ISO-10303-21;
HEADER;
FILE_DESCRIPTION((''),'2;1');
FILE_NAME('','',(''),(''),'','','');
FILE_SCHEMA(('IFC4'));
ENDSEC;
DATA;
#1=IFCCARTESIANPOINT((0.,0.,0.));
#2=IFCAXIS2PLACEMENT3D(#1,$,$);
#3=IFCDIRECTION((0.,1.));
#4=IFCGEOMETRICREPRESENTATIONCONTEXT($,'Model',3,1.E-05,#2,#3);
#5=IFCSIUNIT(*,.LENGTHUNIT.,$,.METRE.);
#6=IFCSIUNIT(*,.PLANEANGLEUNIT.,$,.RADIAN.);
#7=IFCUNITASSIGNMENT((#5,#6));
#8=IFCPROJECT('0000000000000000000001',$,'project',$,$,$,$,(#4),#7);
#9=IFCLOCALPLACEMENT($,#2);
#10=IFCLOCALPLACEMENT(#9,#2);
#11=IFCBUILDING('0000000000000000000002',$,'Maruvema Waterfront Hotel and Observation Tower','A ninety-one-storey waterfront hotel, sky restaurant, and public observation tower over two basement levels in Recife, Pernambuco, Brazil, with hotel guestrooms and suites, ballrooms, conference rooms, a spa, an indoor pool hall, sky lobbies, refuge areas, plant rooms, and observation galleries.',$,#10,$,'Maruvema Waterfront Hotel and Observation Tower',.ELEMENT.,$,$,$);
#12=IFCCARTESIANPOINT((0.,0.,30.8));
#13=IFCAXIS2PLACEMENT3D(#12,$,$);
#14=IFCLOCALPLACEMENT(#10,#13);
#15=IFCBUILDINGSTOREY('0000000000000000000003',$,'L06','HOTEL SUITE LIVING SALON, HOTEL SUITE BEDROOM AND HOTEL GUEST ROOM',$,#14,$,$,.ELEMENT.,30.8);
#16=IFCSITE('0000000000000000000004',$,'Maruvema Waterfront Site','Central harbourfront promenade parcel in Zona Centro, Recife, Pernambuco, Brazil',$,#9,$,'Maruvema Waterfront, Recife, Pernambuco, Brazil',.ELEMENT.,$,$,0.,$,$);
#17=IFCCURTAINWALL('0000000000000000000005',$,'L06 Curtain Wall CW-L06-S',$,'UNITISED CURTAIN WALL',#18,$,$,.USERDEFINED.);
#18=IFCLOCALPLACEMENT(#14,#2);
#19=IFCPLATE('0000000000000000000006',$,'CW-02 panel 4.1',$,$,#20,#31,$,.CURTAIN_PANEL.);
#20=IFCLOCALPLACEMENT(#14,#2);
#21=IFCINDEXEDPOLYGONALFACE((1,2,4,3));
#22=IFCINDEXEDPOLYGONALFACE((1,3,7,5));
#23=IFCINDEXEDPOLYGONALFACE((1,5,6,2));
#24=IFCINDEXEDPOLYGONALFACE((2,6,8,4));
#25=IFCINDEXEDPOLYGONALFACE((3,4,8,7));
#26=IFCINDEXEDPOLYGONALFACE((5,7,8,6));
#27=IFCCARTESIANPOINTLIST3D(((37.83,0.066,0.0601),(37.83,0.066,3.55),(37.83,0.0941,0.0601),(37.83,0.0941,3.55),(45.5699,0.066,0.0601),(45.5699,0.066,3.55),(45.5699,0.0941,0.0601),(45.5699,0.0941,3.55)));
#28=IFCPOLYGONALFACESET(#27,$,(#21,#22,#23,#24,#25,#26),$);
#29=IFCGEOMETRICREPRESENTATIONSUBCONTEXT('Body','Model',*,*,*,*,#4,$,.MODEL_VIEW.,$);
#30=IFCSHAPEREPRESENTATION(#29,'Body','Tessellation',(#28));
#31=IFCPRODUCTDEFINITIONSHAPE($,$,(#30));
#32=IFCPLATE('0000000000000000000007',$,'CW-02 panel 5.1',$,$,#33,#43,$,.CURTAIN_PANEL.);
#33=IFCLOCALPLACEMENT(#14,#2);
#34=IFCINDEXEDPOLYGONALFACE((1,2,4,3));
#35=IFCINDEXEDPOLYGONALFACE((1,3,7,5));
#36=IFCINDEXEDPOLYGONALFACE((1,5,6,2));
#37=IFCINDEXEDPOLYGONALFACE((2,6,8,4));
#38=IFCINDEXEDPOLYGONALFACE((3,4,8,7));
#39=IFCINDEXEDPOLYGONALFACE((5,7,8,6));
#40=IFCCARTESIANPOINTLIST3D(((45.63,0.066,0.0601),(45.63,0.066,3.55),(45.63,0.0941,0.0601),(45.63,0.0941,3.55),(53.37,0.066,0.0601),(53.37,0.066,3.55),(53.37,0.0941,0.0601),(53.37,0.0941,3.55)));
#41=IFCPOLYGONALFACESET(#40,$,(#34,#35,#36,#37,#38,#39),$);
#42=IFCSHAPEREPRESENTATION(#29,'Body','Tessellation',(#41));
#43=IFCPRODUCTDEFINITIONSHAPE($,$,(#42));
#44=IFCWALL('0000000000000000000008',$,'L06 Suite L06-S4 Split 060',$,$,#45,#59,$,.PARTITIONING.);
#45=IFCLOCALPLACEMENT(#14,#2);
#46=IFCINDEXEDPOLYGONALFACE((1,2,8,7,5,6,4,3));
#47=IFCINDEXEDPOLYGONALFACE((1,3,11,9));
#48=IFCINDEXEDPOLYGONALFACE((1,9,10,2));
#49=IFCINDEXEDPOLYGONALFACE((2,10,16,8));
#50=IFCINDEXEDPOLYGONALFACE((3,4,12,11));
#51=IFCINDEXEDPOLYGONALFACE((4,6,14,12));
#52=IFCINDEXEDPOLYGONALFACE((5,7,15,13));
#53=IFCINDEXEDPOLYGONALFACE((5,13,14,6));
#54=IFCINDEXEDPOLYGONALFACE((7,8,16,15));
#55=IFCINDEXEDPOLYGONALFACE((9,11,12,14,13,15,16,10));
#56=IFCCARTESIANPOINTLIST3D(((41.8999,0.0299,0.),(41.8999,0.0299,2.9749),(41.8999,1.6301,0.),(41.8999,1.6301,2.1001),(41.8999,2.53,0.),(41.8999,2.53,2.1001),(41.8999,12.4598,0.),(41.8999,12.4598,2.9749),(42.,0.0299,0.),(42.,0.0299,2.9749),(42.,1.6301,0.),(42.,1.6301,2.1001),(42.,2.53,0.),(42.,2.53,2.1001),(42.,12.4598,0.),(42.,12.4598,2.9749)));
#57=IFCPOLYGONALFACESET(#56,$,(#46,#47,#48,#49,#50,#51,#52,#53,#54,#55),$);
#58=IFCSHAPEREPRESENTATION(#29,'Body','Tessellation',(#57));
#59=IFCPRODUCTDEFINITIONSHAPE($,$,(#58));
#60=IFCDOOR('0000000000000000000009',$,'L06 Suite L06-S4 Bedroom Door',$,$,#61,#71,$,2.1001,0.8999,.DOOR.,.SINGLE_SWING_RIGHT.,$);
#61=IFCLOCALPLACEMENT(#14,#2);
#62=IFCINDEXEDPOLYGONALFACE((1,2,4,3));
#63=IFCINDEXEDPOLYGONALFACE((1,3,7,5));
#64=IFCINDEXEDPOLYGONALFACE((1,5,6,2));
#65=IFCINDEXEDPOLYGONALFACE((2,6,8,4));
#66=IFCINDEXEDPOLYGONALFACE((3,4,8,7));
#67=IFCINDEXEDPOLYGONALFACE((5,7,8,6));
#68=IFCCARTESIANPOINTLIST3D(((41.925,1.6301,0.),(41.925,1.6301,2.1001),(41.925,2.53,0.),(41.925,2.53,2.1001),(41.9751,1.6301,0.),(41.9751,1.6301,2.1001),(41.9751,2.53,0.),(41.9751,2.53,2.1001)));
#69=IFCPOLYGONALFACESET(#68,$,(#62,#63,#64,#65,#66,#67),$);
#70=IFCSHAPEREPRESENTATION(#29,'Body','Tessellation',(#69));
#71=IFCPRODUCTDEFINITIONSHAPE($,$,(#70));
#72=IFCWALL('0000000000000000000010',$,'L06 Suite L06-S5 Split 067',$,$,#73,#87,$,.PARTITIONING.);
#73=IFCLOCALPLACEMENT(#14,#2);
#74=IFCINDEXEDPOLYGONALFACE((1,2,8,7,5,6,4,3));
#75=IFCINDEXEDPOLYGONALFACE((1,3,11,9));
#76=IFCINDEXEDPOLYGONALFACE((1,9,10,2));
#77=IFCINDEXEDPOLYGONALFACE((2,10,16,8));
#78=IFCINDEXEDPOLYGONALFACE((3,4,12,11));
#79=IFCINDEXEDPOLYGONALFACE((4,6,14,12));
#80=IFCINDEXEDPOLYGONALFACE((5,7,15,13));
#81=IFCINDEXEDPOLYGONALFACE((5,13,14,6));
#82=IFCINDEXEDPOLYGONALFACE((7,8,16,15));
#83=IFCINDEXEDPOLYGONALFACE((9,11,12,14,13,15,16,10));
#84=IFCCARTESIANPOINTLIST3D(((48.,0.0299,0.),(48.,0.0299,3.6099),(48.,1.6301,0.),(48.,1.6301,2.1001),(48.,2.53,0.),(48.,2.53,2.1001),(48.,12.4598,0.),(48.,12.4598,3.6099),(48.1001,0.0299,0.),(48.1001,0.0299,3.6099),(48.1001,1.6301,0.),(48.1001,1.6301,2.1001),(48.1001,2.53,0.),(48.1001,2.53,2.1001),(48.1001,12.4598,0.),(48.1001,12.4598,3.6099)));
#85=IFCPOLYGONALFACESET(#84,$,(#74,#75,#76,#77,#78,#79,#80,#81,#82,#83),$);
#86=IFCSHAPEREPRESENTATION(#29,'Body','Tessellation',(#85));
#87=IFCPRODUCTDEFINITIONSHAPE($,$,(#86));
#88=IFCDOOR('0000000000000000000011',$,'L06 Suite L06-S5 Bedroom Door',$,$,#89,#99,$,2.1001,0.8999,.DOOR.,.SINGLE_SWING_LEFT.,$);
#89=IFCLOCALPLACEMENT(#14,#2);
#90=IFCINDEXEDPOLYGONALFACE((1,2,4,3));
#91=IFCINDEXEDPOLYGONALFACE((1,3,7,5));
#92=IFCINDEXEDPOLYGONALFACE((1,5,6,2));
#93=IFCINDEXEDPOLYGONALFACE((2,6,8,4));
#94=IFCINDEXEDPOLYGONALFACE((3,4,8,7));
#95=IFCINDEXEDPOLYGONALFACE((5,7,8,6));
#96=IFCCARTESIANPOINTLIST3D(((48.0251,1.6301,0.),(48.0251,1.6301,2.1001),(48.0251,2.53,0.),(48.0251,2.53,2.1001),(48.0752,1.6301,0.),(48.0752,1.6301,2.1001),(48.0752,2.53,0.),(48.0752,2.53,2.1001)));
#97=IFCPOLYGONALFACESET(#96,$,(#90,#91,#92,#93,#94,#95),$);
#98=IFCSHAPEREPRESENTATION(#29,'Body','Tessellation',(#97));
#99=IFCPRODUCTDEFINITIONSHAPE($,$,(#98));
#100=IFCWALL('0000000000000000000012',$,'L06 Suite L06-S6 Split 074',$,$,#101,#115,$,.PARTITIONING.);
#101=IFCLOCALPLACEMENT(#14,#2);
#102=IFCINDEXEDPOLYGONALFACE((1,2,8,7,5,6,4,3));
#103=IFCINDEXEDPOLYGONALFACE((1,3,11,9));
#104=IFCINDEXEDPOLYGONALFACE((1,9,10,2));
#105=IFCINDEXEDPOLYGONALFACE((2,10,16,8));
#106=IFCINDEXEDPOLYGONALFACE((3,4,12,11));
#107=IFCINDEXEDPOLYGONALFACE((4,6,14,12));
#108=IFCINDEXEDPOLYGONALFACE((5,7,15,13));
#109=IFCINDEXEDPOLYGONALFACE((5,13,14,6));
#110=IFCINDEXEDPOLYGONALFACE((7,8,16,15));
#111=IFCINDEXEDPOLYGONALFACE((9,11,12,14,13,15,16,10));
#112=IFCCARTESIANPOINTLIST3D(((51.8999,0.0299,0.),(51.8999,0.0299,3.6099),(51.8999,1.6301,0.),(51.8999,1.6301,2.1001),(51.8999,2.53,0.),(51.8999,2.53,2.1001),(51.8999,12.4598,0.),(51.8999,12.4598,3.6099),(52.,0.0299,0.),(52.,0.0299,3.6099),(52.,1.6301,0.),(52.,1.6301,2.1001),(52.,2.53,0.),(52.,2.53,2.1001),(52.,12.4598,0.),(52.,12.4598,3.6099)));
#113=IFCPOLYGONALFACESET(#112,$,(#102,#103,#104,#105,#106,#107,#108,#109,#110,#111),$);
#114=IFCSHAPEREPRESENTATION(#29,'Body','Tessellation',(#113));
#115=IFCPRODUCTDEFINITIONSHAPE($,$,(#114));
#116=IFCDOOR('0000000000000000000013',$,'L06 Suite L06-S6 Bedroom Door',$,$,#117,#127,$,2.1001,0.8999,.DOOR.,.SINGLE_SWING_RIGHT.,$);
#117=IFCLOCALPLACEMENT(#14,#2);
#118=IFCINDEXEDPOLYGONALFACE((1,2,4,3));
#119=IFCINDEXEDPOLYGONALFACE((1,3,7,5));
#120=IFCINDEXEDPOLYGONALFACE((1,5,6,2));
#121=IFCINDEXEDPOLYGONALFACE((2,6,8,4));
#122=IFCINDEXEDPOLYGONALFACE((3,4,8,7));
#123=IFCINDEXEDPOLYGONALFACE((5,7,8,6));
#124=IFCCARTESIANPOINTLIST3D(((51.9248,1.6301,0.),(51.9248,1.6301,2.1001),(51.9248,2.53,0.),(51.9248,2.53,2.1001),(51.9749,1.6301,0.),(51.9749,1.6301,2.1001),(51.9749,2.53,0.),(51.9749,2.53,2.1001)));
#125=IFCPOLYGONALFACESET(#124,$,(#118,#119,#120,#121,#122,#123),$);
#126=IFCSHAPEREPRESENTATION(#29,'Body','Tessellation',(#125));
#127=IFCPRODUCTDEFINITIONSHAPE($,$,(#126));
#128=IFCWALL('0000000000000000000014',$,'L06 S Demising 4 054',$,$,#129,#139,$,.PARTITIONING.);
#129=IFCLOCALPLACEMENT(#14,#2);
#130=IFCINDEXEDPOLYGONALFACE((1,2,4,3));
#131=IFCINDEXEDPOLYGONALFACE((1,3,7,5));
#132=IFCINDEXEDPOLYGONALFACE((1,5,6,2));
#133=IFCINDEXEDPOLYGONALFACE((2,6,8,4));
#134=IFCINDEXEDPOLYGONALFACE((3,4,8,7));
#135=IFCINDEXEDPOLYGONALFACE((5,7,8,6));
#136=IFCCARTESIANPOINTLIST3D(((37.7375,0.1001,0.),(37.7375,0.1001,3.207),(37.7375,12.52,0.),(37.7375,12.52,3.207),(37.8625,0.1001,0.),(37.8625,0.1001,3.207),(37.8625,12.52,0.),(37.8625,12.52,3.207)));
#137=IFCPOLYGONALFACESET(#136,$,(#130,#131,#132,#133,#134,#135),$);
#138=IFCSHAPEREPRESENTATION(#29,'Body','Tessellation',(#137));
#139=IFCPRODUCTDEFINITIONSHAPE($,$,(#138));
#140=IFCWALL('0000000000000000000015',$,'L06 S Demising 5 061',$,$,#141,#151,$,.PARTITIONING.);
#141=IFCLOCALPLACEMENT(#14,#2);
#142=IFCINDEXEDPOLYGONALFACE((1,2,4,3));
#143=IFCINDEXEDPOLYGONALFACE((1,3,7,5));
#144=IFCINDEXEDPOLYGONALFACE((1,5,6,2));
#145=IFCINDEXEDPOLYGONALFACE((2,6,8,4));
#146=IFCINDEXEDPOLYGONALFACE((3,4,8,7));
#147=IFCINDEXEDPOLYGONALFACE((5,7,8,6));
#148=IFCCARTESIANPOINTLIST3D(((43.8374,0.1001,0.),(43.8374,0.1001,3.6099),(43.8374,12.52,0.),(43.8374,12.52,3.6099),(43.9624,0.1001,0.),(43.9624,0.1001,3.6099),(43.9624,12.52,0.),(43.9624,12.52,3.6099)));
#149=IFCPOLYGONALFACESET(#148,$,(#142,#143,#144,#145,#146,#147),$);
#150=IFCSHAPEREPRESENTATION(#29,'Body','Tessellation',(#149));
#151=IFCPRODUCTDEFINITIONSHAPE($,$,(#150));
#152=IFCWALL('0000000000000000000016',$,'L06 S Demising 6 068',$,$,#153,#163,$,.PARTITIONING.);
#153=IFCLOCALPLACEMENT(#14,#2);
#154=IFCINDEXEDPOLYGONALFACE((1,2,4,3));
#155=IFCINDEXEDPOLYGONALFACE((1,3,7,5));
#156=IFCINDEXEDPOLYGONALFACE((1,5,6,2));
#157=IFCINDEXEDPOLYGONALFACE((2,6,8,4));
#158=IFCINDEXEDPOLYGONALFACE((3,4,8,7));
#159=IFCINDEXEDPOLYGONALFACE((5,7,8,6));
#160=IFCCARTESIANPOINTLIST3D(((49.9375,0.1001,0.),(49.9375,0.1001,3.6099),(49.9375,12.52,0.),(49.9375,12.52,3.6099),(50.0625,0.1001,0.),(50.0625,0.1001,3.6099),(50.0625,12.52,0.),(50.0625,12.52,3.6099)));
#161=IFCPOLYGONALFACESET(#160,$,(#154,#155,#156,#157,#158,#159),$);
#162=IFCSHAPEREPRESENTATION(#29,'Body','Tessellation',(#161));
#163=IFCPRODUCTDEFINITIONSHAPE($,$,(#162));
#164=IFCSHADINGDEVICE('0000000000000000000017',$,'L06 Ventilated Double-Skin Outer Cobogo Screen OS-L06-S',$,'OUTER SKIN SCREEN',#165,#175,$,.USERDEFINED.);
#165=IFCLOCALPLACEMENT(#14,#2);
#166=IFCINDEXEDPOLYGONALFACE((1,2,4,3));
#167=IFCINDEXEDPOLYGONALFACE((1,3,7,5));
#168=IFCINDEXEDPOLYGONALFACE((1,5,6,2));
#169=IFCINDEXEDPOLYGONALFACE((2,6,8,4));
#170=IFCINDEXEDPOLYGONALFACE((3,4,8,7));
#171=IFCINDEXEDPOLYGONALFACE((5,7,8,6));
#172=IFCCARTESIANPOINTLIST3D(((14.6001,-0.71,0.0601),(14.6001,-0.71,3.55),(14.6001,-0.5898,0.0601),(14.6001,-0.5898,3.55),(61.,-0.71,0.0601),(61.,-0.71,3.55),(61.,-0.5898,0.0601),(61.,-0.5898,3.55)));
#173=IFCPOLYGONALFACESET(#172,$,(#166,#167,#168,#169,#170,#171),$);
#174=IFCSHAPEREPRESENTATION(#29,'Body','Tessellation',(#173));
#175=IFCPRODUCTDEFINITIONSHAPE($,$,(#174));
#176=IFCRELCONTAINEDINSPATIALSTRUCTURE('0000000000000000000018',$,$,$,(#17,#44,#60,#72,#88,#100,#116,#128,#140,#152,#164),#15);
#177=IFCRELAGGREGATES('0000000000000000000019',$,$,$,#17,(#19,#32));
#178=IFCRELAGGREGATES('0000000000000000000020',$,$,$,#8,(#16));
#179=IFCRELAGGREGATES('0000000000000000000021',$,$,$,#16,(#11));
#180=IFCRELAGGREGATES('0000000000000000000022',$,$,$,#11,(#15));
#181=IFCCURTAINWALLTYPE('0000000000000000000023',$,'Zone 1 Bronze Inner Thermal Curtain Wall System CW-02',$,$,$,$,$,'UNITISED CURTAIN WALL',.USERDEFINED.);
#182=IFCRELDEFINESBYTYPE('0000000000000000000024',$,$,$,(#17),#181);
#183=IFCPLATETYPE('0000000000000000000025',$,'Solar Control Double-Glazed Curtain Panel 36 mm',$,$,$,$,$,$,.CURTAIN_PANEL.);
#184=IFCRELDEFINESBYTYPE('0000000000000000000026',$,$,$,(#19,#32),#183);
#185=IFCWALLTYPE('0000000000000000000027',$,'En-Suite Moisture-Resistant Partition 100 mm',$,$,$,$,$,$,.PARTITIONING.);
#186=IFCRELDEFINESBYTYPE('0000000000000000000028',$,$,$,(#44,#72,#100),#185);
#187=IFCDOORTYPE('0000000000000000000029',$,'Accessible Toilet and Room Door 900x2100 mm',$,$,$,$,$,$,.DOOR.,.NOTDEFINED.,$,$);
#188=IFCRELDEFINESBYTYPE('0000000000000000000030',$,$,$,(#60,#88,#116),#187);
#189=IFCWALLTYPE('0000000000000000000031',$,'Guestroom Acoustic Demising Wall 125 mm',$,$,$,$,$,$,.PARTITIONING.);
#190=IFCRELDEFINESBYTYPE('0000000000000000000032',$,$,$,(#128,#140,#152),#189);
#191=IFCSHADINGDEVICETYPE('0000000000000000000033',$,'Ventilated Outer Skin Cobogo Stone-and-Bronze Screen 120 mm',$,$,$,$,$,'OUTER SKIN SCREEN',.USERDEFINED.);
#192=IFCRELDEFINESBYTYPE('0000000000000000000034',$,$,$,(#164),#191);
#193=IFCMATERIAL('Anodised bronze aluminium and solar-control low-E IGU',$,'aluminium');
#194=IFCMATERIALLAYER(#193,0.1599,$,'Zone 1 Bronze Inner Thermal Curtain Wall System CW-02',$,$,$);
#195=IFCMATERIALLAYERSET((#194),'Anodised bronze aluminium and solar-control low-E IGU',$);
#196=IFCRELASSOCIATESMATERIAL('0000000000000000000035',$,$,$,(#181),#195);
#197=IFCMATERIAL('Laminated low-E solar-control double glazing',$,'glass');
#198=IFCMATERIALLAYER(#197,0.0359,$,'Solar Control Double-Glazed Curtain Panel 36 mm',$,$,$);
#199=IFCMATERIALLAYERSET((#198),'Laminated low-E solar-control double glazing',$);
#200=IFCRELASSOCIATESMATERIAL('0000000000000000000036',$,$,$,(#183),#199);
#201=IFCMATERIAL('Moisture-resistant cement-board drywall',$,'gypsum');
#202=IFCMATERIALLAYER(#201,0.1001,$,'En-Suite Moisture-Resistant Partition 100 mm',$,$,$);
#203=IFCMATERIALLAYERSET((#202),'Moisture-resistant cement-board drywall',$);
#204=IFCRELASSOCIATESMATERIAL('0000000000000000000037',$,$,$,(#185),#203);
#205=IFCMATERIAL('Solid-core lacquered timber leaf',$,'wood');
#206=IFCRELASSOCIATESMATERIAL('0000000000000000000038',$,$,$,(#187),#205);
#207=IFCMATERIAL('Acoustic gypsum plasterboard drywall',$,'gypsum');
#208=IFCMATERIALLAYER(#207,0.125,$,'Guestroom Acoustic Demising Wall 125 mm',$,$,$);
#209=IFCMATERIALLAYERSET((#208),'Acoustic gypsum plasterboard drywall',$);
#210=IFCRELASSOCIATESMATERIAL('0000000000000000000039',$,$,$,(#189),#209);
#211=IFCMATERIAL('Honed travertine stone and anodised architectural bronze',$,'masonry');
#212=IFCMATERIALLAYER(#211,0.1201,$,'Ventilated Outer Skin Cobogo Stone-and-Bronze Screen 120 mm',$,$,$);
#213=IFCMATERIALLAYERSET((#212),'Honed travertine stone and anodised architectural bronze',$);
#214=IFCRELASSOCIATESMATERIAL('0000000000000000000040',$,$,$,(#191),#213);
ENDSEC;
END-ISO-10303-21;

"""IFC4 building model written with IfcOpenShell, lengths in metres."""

from ifc_helpers import new_model, si_unit, direction, frame, frame_2d, origin, origin_2d, place, context, subcontext, project, spatial, rectangle, extrude, material, layer, layer_set, type_object, element, fill, aggregate, save


model = new_model("IFC4")

# Units and contexts
model_context = context("Model", 3, precision=1e-05, world=origin(), true_north=direction((0.0, 1.0)))
body_context = subcontext(model_context, "Body", "Model", "MODEL_VIEW")
ifc_project = project(units=[si_unit("LENGTHUNIT", "METRE"), si_unit("PLANEANGLEUNIT", "RADIAN")], contexts=[model_context])

# Site, building, storey
site_placement = place(None, origin())
site = spatial("IfcSite", under=ifc_project, at=site_placement, Name="Maruvema Waterfront Site", Description="Central harbourfront promenade parcel in Zona Centro, Recife, Pernambuco, Brazil", LongName="Maruvema Waterfront, Recife, Pernambuco, Brazil", CompositionType="ELEMENT", RefElevation=0.0)
building_placement = place(site_placement, origin())
building = spatial("IfcBuilding", under=site, at=building_placement, Name="Maruvema Waterfront Hotel and Observation Tower", Description="A ninety-one-storey waterfront hotel, sky restaurant, and public observation tower over two basement levels in Recife, Pernambuco, Brazil, with hotel guestrooms and suites, ballrooms, conference rooms, a spa, an indoor pool hall, sky lobbies, refuge areas, plant rooms, and observation galleries.", LongName="Maruvema Waterfront Hotel and Observation Tower", CompositionType="ELEMENT")
storey_placement = place(building_placement, frame((0.0, 0.0, 30.8)))
storey = spatial("IfcBuildingStorey", under=building, at=storey_placement, Name="L06", Description="HOTEL SUITE LIVING SALON, HOTEL SUITE BEDROOM AND HOTEL GUEST ROOM", CompositionType="ELEMENT", Elevation=30.8)

# Curtain wall
ifc_material_1 = material(Name="Anodised bronze aluminium and solar-control low-E IGU", Category="aluminium")
ifc_layer_1 = layer(ifc_material_1, 0.1599, Name="Zone 1 Bronze Inner Thermal Curtain Wall System CW-02")
ifc_layer_set_1 = layer_set([ifc_layer_1], Name="Anodised bronze aluminium and solar-control low-E IGU")
curtain_wall_type = type_object("IfcCurtainWallType", Name="Zone 1 Bronze Inner Thermal Curtain Wall System CW-02", ElementType="UNITISED CURTAIN WALL", PredefinedType="USERDEFINED", material=ifc_layer_set_1)
curtain_wall_placement = place(storey_placement, origin())
curtain_wall = element("IfcCurtainWall", 1, at=curtain_wall_placement, inside=storey, type_object=curtain_wall_type, Name="L06 Curtain Wall CW-L06-S", ObjectType="UNITISED CURTAIN WALL", PredefinedType="USERDEFINED")

# Plates
ifc_material_2 = material(Name="Laminated low-E solar-control double glazing", Category="glass")
ifc_layer_2 = layer(ifc_material_2, 0.0359, Name="Solar Control Double-Glazed Curtain Panel 36 mm")
ifc_layer_set_2 = layer_set([ifc_layer_2], Name="Laminated low-E solar-control double glazing")
plate_type = type_object("IfcPlateType", Name="Solar Control Double-Glazed Curtain Panel 36 mm", PredefinedType="CURTAIN_PANEL", material=ifc_layer_set_2)
plate_1_placement = place(storey_placement, frame((41.7, 0.0801, 0.0601), z_axis=(0.0, 0.0, 1.0), x_axis=(1.0, 0.0, 0.0)))
plate_1 = element("IfcPlate", 2, at=plate_1_placement, type_object=plate_type, Name="CW-02 panel 4.1", PredefinedType="CURTAIN_PANEL", context=body_context, shape_type="SweptSolid", body=[
    extrude(rectangle(XDim=7.74, YDim=0.0281, at=origin_2d()), origin(), (0.0, 0.0, 1.0), 3.49),
])
plate_2_placement = place(storey_placement, frame((49.5, 0.0801, 0.0601), z_axis=(0.0, 0.0, 1.0), x_axis=(1.0, 0.0, 0.0)))
plate_2 = element("IfcPlate", 3, at=plate_2_placement, type_object=plate_type, Name="CW-02 panel 5.1", PredefinedType="CURTAIN_PANEL", context=body_context, shape_type="SweptSolid", body=[
    extrude(rectangle(XDim=7.74, YDim=0.0281, at=origin_2d()), origin(), (0.0, 0.0, 1.0), 3.49),
])
aggregate(curtain_wall, [plate_1, plate_2])

# Walls, openings, doors
ifc_material_3 = material(Name="Moisture-resistant cement-board drywall", Category="gypsum")
ifc_layer_3 = layer(ifc_material_3, 0.1001, Name="En-Suite Moisture-Resistant Partition 100 mm")
ifc_layer_set_3 = layer_set([ifc_layer_3], Name="Moisture-resistant cement-board drywall")
wall_type_1 = type_object("IfcWallType", Name="En-Suite Moisture-Resistant Partition 100 mm", PredefinedType="PARTITIONING", material=ifc_layer_set_3)
wall_1_placement = place(storey_placement, frame((41.95, 0.03, 0.0), z_axis=(0.0, 0.0, 1.0), x_axis=(0.0, 1.0, 0.0)))
wall_1 = element("IfcWall", 4, at=wall_1_placement, inside=storey, type_object=wall_type_1, Name="L06 Suite L06-S4 Split 060", PredefinedType="PARTITIONING", context=body_context, shape_type="SweptSolid", body=[
    extrude(rectangle(XDim=12.4299, YDim=0.1001, at=frame_2d((6.2148, 0.0))), origin(), (0.0, 0.0, 1.0), 2.9749),
])
opening_1_placement = place(wall_1_placement, frame((1.6001, 0.0, 0.0)))
opening_1 = element("IfcOpeningElement", 5, at=opening_1_placement, cuts=wall_1, PredefinedType="OPENING", context=body_context, shape_type="SweptSolid", body=[
    extrude(rectangle(XDim=0.8999, YDim=2.1001, at=frame_2d((0.45, 1.05))), frame((0.0, 0.0601, 0.0), z_axis=(0.0, -1.0, 0.0), x_axis=(1.0, 0.0, 0.0)), (0.0, 0.0, 1.0), 0.1201),
])
ifc_material_4 = material(Name="Solid-core lacquered timber leaf", Category="wood")
door_type = type_object("IfcDoorType", Name="Accessible Toilet and Room Door 900x2100 mm", OperationType="NOTDEFINED", PredefinedType="DOOR", material=ifc_material_4)
door_1_placement = place(opening_1_placement, origin())
door_1 = element("IfcDoor", 6, at=door_1_placement, inside=storey, type_object=door_type, Name="L06 Suite L06-S4 Bedroom Door", OperationType="SINGLE_SWING_RIGHT", OverallHeight=2.1001, OverallWidth=0.8999, PredefinedType="DOOR", context=body_context, shape_type="SweptSolid", body=[
    extrude(rectangle(XDim=0.8999, YDim=2.1001, at=frame_2d((0.45, 1.05))), frame((0.0, 0.0249, 0.0), z_axis=(0.0, -1.0, 0.0), x_axis=(1.0, 0.0, 0.0)), (0.0, 0.0, 1.0), 0.05),
])
fill(opening_1, door_1)
wall_2_placement = place(storey_placement, frame((48.05, 0.03, 0.0), z_axis=(0.0, 0.0, 1.0), x_axis=(0.0, 1.0, 0.0)))
wall_2 = element("IfcWall", 7, at=wall_2_placement, inside=storey, type_object=wall_type_1, Name="L06 Suite L06-S5 Split 067", PredefinedType="PARTITIONING", context=body_context, shape_type="SweptSolid", body=[
    extrude(rectangle(XDim=12.4299, YDim=0.1001, at=frame_2d((6.2148, 0.0))), origin(), (0.0, 0.0, 1.0), 3.6099),
])
opening_2_placement = place(wall_2_placement, frame((1.6001, 0.0, 0.0)))
opening_2 = element("IfcOpeningElement", 8, at=opening_2_placement, cuts=wall_2, PredefinedType="OPENING", context=body_context, shape_type="SweptSolid", body=[
    extrude(rectangle(XDim=0.8999, YDim=2.1001, at=frame_2d((0.45, 1.05))), frame((0.0, 0.0601, 0.0), z_axis=(0.0, -1.0, 0.0), x_axis=(1.0, 0.0, 0.0)), (0.0, 0.0, 1.0), 0.1201),
])
door_2_placement = place(opening_2_placement, origin())
door_2 = element("IfcDoor", 9, at=door_2_placement, inside=storey, type_object=door_type, Name="L06 Suite L06-S5 Bedroom Door", OperationType="SINGLE_SWING_LEFT", OverallHeight=2.1001, OverallWidth=0.8999, PredefinedType="DOOR", context=body_context, shape_type="SweptSolid", body=[
    extrude(rectangle(XDim=0.8999, YDim=2.1001, at=frame_2d((0.45, 1.05))), frame((0.0, 0.0249, 0.0), z_axis=(0.0, -1.0, 0.0), x_axis=(1.0, 0.0, 0.0)), (0.0, 0.0, 1.0), 0.05),
])
fill(opening_2, door_2)
wall_3_placement = place(storey_placement, frame((51.95, 0.03, 0.0), z_axis=(0.0, 0.0, 1.0), x_axis=(0.0, 1.0, 0.0)))
wall_3 = element("IfcWall", 10, at=wall_3_placement, inside=storey, type_object=wall_type_1, Name="L06 Suite L06-S6 Split 074", PredefinedType="PARTITIONING", context=body_context, shape_type="SweptSolid", body=[
    extrude(rectangle(XDim=12.4299, YDim=0.1001, at=frame_2d((6.2148, 0.0))), origin(), (0.0, 0.0, 1.0), 3.6099),
])
opening_3_placement = place(wall_3_placement, frame((1.6001, 0.0, 0.0)))
opening_3 = element("IfcOpeningElement", 11, at=opening_3_placement, cuts=wall_3, PredefinedType="OPENING", context=body_context, shape_type="SweptSolid", body=[
    extrude(rectangle(XDim=0.8999, YDim=2.1001, at=frame_2d((0.45, 1.05))), frame((0.0, 0.0601, 0.0), z_axis=(0.0, -1.0, 0.0), x_axis=(1.0, 0.0, 0.0)), (0.0, 0.0, 1.0), 0.1201),
])
door_3_placement = place(opening_3_placement, frame((0.8999, 0.0, 0.0), z_axis=(0.0, 0.0, 1.0), x_axis=(-1.0, 0.0, 0.0)))
door_3 = element("IfcDoor", 12, at=door_3_placement, inside=storey, type_object=door_type, Name="L06 Suite L06-S6 Bedroom Door", OperationType="SINGLE_SWING_RIGHT", OverallHeight=2.1001, OverallWidth=0.8999, PredefinedType="DOOR", context=body_context, shape_type="SweptSolid", body=[
    extrude(rectangle(XDim=0.8999, YDim=2.1001, at=frame_2d((0.45, 1.05))), frame((0.0, 0.0249, 0.0), z_axis=(0.0, -1.0, 0.0), x_axis=(1.0, 0.0, 0.0)), (0.0, 0.0, 1.0), 0.05),
])
fill(opening_3, door_3)

# Walls
ifc_material_5 = material(Name="Acoustic gypsum plasterboard drywall", Category="gypsum")
ifc_layer_4 = layer(ifc_material_5, 0.125, Name="Guestroom Acoustic Demising Wall 125 mm")
ifc_layer_set_4 = layer_set([ifc_layer_4], Name="Acoustic gypsum plasterboard drywall")
wall_type_2 = type_object("IfcWallType", Name="Guestroom Acoustic Demising Wall 125 mm", PredefinedType="PARTITIONING", material=ifc_layer_set_4)
wall_4_placement = place(storey_placement, frame((37.8, 0.1001, 0.0), z_axis=(0.0, 0.0, 1.0), x_axis=(0.0, 1.0, 0.0)))
element("IfcWall", 13, at=wall_4_placement, inside=storey, type_object=wall_type_2, Name="L06 S Demising 4 054", PredefinedType="PARTITIONING", context=body_context, shape_type="SweptSolid", body=[
    extrude(rectangle(XDim=12.4199, YDim=0.125, at=frame_2d((6.21, 0.0))), origin(), (0.0, 0.0, 1.0), 3.207),
])
for number, where, z_axis, x_axis, name in (
    (14, (43.8999, 0.1001, 0.0), (0.0, 0.0, 1.0), (0.0, 1.0, 0.0), "L06 S Demising 5 061"),
    (15, (50.0, 0.1001, 0.0), (0.0, 0.0, 1.0), (0.0, 1.0, 0.0), "L06 S Demising 6 068"),
):
    element("IfcWall", number, at=place(storey_placement, frame(where, z_axis=z_axis, x_axis=x_axis)), inside=storey, type_object=wall_type_2, Name=name, PredefinedType="PARTITIONING", context=body_context, shape_type="SweptSolid", body=[
        extrude(rectangle(XDim=12.4199, YDim=0.125, at=frame_2d((6.21, 0.0))), origin(), (0.0, 0.0, 1.0), 3.6099),
    ])

# Shading device
ifc_material_6 = material(Name="Honed travertine stone and anodised architectural bronze", Category="masonry")
ifc_layer_5 = layer(ifc_material_6, 0.1201, Name="Ventilated Outer Skin Cobogo Stone-and-Bronze Screen 120 mm")
ifc_layer_set_5 = layer_set([ifc_layer_5], Name="Honed travertine stone and anodised architectural bronze")
shading_device_type = type_object("IfcShadingDeviceType", Name="Ventilated Outer Skin Cobogo Stone-and-Bronze Screen 120 mm", ElementType="OUTER SKIN SCREEN", PredefinedType="USERDEFINED", material=ifc_layer_set_5)
shading_device_placement = place(storey_placement, frame((37.8, -0.6499, 0.0601), z_axis=(0.0, 0.0, 1.0), x_axis=(1.0, 0.0, 0.0)))
element("IfcShadingDevice", 16, at=shading_device_placement, inside=storey, type_object=shading_device_type, Name="L06 Ventilated Double-Skin Outer Cobogo Screen OS-L06-S", ObjectType="OUTER SKIN SCREEN", PredefinedType="USERDEFINED", context=body_context, shape_type="SweptSolid", body=[
    extrude(rectangle(XDim=46.3999, YDim=0.1201, at=origin_2d()), origin(), (0.0, 0.0, 1.0), 3.49),
])

save(model, "model.ifc")
